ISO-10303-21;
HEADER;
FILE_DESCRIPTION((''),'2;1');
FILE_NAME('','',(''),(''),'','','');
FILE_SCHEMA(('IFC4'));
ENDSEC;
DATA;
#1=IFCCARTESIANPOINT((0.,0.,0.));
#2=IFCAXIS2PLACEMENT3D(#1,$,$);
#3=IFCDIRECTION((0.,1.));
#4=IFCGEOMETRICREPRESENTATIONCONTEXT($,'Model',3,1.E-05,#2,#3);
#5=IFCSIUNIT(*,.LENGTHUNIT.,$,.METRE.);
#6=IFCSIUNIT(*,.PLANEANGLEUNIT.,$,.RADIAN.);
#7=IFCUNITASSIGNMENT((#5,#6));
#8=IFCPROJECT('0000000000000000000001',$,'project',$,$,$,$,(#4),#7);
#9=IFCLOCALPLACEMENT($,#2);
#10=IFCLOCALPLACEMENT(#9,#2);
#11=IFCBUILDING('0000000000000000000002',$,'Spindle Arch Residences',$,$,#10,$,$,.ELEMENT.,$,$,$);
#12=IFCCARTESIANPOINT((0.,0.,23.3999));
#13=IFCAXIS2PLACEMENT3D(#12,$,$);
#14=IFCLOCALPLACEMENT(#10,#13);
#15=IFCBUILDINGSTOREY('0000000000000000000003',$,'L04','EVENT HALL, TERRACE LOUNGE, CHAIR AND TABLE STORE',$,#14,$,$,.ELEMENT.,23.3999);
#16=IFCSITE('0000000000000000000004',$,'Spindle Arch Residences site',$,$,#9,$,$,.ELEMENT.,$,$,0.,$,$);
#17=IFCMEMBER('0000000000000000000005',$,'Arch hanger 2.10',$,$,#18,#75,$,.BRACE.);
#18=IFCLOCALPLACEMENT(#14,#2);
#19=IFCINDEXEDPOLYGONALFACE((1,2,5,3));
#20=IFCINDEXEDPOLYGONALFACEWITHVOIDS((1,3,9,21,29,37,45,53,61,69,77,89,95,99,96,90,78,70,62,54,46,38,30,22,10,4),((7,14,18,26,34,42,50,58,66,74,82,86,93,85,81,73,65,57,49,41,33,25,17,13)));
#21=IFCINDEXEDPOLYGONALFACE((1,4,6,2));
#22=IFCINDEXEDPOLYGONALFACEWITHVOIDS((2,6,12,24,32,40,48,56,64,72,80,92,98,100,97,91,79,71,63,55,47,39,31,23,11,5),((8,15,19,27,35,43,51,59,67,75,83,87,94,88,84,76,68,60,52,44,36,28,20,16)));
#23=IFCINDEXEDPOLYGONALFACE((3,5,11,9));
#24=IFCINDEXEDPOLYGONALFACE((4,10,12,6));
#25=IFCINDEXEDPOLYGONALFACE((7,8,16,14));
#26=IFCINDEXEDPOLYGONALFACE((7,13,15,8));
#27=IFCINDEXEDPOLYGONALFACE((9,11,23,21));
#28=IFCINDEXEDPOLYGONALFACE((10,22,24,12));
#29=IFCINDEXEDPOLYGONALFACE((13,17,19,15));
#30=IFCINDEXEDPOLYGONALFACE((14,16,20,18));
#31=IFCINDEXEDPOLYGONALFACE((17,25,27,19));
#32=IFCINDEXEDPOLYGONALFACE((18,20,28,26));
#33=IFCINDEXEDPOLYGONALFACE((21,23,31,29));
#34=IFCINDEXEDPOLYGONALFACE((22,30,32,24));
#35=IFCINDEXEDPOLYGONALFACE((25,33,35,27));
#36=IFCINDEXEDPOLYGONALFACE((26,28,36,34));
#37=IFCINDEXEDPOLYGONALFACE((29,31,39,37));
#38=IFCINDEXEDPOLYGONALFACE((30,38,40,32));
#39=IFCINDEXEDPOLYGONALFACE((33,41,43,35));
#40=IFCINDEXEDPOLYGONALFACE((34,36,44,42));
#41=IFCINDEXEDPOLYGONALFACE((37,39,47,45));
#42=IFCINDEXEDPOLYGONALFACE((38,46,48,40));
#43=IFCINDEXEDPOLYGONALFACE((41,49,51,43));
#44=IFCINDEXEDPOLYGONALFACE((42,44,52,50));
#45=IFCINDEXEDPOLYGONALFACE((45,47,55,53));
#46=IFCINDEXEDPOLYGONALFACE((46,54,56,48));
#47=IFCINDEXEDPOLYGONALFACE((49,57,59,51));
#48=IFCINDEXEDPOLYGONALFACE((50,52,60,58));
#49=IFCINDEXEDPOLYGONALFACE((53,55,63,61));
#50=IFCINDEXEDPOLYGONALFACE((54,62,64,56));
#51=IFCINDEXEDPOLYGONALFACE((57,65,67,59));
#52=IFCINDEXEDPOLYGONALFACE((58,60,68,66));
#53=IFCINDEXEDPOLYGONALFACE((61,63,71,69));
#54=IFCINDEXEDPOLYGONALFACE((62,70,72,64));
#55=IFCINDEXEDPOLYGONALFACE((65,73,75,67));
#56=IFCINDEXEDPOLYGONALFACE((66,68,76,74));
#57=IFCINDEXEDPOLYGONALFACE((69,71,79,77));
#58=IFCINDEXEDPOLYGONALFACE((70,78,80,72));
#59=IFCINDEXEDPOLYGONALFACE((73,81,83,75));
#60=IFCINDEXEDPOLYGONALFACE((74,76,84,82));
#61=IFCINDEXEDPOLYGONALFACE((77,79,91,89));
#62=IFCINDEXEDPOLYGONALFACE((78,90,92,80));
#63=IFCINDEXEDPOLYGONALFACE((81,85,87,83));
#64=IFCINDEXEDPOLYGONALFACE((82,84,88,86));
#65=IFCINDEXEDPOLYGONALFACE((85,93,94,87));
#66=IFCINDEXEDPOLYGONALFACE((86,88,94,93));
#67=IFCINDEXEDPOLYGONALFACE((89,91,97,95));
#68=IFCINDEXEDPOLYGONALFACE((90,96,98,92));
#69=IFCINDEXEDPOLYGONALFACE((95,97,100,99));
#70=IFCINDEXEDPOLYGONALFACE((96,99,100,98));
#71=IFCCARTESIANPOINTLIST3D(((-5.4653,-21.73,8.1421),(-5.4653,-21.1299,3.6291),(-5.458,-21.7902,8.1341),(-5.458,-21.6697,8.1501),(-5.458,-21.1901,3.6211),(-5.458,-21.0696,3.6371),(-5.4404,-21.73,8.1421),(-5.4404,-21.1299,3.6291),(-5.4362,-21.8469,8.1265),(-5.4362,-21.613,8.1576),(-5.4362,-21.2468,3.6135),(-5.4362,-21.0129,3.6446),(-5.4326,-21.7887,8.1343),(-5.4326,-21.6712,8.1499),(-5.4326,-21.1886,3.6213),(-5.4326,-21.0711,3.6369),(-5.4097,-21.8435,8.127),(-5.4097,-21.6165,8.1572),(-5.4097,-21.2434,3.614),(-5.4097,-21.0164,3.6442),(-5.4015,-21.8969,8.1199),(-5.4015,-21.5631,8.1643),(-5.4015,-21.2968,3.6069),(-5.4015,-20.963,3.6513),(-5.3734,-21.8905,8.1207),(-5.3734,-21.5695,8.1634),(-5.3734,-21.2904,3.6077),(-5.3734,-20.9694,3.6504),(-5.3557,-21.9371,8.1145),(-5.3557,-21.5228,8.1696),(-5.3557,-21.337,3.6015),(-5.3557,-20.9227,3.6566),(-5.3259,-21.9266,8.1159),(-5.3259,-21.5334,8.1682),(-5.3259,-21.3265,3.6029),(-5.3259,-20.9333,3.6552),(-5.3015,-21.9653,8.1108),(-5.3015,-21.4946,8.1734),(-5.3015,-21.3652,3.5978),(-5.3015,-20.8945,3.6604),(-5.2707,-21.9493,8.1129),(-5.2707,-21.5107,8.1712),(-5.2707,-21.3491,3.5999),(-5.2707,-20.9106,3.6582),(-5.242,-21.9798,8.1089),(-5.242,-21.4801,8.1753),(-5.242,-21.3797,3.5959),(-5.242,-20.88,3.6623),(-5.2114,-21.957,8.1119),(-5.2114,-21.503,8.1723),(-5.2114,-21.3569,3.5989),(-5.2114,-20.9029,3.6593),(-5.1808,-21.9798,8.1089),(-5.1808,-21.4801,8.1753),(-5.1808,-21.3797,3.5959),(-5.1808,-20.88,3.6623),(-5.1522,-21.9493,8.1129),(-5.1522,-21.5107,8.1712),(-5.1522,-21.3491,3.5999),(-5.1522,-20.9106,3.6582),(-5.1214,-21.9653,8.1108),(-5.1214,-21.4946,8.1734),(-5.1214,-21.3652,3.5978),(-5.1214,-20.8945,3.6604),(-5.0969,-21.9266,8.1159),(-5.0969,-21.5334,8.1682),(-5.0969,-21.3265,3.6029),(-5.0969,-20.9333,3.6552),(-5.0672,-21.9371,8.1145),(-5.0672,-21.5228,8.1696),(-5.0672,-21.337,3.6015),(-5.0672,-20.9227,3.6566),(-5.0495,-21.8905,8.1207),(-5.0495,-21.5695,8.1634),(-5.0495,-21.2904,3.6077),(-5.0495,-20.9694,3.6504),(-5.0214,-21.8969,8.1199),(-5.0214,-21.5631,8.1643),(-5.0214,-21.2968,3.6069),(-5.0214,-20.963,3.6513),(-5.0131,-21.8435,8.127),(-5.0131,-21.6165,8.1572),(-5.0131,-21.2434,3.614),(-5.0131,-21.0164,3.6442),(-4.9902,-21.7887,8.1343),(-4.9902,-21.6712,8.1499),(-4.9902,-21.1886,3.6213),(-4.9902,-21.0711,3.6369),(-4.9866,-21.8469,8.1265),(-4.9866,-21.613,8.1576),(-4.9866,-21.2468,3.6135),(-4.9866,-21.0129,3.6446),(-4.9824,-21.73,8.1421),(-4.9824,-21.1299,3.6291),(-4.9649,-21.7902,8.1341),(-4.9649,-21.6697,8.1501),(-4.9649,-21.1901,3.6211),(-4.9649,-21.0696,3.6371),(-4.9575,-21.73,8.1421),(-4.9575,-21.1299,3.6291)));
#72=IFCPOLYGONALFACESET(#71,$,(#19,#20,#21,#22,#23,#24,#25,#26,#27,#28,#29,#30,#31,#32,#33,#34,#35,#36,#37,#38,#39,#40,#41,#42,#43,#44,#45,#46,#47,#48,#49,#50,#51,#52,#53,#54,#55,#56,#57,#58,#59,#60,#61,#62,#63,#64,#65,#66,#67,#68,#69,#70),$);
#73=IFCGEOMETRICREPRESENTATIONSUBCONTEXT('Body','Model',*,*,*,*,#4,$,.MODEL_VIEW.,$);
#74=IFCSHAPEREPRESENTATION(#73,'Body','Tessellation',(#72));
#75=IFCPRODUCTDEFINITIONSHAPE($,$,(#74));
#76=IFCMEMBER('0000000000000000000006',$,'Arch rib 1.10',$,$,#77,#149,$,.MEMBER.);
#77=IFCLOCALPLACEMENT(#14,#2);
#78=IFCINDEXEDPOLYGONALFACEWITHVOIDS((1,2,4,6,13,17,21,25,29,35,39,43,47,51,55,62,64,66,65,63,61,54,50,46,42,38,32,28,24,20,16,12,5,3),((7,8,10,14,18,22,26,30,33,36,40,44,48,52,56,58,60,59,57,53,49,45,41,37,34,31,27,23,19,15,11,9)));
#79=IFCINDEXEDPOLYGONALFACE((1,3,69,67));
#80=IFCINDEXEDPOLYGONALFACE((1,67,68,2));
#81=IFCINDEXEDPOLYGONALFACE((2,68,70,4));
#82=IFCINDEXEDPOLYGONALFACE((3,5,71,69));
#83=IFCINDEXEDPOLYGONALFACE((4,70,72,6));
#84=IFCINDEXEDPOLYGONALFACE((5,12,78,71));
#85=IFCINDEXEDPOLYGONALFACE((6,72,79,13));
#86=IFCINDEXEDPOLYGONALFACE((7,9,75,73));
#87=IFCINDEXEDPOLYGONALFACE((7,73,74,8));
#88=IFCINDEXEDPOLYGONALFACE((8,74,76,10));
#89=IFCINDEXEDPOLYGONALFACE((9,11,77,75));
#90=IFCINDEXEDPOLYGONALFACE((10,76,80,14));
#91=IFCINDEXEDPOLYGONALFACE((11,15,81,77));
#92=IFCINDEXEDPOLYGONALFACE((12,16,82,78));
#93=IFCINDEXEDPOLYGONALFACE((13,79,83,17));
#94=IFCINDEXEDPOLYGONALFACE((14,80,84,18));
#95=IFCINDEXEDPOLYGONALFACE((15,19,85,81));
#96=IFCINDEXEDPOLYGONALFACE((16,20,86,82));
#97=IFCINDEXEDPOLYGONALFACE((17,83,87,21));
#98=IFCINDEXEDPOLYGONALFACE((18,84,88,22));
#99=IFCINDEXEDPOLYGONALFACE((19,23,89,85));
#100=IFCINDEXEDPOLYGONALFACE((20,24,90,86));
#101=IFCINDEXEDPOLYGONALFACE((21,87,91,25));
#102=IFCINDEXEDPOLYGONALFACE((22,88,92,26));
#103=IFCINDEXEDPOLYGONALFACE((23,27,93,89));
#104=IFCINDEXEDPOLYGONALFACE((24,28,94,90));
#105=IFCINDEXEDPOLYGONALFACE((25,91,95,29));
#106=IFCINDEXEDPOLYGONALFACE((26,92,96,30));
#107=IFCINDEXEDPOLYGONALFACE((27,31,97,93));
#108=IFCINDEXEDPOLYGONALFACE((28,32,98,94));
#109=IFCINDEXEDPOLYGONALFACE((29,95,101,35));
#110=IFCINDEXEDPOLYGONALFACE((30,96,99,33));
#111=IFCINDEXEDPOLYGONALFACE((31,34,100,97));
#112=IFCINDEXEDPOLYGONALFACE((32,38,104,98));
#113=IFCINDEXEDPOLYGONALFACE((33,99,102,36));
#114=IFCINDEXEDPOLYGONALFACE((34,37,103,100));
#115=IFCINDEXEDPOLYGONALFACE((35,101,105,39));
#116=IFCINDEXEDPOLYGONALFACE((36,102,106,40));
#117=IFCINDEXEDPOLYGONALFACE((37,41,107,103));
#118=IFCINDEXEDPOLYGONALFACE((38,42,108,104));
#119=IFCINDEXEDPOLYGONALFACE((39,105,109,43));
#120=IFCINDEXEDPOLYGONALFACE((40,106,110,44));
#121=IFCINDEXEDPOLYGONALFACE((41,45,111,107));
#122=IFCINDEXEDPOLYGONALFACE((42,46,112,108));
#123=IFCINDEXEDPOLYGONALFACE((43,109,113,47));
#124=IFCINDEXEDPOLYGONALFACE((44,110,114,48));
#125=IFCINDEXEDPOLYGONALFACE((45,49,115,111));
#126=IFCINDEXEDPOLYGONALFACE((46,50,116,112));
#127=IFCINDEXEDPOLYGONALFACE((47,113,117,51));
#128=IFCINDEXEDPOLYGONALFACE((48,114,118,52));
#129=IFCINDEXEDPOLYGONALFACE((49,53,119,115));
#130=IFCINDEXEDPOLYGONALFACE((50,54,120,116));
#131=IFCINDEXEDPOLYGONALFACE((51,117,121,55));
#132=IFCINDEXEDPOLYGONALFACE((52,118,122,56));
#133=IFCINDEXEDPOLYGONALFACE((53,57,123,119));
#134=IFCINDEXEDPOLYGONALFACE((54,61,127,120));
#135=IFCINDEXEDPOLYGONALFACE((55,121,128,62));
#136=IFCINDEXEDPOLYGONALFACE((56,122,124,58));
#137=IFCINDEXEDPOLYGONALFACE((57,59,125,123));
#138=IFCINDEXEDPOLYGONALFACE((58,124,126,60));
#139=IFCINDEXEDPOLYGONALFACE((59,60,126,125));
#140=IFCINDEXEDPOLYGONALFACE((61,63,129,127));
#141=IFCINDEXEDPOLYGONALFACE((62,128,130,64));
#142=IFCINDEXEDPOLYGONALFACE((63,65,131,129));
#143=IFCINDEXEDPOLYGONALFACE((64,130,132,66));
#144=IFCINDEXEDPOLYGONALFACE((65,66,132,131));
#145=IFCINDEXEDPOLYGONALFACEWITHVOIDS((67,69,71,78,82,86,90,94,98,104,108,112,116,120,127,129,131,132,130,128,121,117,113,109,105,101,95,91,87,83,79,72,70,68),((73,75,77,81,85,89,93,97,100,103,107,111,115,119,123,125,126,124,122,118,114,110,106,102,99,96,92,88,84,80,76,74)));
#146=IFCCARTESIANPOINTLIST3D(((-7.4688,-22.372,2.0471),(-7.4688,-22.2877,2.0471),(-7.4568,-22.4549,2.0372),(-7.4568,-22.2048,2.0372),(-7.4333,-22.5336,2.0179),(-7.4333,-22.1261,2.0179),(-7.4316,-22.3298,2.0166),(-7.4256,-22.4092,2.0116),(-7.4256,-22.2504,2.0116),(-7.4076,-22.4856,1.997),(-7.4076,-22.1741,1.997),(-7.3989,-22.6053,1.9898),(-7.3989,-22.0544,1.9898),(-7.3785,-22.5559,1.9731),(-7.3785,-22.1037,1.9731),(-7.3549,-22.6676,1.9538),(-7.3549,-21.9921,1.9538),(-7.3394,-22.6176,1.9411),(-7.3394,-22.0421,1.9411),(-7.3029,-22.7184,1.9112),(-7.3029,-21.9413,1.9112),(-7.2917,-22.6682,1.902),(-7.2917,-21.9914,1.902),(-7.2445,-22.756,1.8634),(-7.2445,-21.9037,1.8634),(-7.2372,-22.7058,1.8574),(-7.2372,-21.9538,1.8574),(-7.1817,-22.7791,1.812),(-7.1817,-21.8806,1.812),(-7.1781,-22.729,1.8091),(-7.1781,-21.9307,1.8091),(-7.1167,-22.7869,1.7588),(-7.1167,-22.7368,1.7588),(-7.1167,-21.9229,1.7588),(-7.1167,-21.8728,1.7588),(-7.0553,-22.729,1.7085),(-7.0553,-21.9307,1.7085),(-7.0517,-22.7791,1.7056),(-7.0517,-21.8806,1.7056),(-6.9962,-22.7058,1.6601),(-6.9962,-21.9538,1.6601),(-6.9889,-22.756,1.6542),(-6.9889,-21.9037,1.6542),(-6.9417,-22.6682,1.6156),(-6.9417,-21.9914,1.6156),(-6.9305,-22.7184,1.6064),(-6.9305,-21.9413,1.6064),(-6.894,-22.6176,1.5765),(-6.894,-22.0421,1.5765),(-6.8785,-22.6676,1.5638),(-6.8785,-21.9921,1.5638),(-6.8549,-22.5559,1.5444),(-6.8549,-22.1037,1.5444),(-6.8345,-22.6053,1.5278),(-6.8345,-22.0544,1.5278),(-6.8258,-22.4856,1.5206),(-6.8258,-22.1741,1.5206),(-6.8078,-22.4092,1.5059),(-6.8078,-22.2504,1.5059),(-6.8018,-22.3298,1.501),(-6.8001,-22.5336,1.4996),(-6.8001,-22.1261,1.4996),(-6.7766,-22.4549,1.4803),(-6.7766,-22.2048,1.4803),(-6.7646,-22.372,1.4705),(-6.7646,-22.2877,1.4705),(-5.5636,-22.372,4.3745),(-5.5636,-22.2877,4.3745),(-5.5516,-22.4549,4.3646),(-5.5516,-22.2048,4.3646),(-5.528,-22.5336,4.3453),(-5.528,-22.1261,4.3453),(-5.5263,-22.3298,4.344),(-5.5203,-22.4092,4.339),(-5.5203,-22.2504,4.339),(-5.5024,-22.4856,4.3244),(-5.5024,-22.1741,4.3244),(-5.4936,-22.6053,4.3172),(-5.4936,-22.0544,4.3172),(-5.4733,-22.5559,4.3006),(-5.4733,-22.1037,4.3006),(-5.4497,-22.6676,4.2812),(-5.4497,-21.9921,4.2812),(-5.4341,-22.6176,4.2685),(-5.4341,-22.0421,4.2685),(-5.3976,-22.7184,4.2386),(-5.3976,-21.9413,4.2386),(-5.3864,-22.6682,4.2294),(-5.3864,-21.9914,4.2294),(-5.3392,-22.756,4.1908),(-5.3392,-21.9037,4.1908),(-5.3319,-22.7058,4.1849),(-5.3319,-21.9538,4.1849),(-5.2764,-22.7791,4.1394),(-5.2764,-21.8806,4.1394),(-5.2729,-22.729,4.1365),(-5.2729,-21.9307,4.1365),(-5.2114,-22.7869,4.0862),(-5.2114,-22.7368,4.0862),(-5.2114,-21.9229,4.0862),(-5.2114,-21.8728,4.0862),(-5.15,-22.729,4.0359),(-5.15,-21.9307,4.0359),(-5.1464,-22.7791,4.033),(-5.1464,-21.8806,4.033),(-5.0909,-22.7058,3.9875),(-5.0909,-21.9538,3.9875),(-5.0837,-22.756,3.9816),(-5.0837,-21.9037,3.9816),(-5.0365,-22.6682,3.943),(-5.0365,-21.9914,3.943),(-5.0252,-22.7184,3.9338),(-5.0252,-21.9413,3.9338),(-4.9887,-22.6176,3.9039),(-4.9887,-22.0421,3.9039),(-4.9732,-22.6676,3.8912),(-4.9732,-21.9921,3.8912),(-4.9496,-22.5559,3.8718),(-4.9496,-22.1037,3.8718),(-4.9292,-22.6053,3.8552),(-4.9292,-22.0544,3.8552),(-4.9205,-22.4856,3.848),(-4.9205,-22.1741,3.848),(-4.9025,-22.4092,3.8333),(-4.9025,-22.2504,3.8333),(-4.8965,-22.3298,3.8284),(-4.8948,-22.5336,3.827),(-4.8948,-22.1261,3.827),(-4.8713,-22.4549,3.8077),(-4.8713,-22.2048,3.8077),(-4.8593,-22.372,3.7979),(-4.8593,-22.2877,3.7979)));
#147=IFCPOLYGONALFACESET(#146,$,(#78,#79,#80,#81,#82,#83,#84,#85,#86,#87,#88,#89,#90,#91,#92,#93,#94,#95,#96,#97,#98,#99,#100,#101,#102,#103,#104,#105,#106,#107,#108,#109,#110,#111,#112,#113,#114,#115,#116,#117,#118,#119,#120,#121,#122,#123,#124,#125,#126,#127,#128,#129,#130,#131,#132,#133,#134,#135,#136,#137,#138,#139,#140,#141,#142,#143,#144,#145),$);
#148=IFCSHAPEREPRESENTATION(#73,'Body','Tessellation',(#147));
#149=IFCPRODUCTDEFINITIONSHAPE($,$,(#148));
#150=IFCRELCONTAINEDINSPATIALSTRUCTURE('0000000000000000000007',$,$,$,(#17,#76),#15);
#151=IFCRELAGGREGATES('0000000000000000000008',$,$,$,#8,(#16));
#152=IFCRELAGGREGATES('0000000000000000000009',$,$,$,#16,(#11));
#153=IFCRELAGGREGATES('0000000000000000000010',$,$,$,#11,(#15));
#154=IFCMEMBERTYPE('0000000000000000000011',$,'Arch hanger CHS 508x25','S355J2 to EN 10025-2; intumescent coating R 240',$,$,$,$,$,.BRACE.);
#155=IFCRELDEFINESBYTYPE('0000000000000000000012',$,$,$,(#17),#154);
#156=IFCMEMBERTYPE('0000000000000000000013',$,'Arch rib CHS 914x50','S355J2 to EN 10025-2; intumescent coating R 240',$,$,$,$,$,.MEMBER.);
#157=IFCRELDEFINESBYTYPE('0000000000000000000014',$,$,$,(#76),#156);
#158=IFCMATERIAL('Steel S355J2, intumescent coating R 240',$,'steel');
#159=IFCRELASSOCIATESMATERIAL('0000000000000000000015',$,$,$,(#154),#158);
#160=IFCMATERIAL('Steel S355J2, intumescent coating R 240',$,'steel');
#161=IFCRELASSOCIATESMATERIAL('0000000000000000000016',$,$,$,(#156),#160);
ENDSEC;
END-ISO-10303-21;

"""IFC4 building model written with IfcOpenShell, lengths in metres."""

from ifc_helpers import new_model, si_unit, direction, frame, origin, origin_2d, place, context, subcontext, project, spatial, hollow_circle, extrude, material, material_profile, profile_set, type_object, element, save


model = new_model("IFC4")

# Units and contexts
model_context = context("Model", 3, precision=1e-05, world=origin(), true_north=direction((0.0, 1.0)))
body_context = subcontext(model_context, "Body", "Model", "MODEL_VIEW")
ifc_project = project(units=[si_unit("LENGTHUNIT", "METRE"), si_unit("PLANEANGLEUNIT", "RADIAN")], contexts=[model_context])

# Site, building, storey
site_placement = place(None, origin())
site = spatial("IfcSite", under=ifc_project, at=site_placement, Name="Spindle Arch Residences site", CompositionType="ELEMENT", RefElevation=0.0)
building_placement = place(site_placement, origin())
building = spatial("IfcBuilding", under=site, at=building_placement, Name="Spindle Arch Residences", CompositionType="ELEMENT")
storey_placement = place(building_placement, frame((0.0, 0.0, 23.3999)))
storey = spatial("IfcBuildingStorey", under=building, at=storey_placement, Name="L04", Description="EVENT HALL, TERRACE LOUNGE, CHAIR AND TABLE STORE", CompositionType="ELEMENT", Elevation=23.3999)

# Members
ifc_material_1 = material(Name="Steel S355J2, intumescent coating R 240", Category="steel")
ifc_material_profile_1 = material_profile(ifc_material_1, hollow_circle(Radius=0.2539, WallThickness=0.0249, at=origin_2d()), Name="CHS 508x25")
ifc_profile_set_1 = profile_set([ifc_material_profile_1], Name="Steel S355J2, intumescent coating R 240")
member_type_1 = type_object("IfcMemberType", Name="Arch hanger CHS 508x25", Description="S355J2 to EN 10025-2; intumescent coating R 240", PredefinedType="BRACE", material=ifc_profile_set_1)
member_1_placement = place(storey_placement, frame((-5.2114, -21.73, 8.1421), z_axis=(0.0, 0.131812, -0.991275), x_axis=(-1.0, 0.0, 0.0)))
element("IfcMember", 1, at=member_1_placement, inside=storey, type_object=member_type_1, Name="Arch hanger 2.10", PredefinedType="BRACE", context=body_context, shape_type="SweptSolid", body=[
    extrude(hollow_circle(Radius=0.2539, WallThickness=0.0249, at=origin_2d()), origin(), (0.0, 0.0, 1.0), 4.5527),
])
ifc_material_2 = material(Name="Steel S355J2, intumescent coating R 240", Category="steel")
ifc_material_profile_2 = material_profile(ifc_material_2, hollow_circle(Radius=0.457, WallThickness=0.05, at=origin_2d()), Name="CHS 914x50")
ifc_profile_set_2 = profile_set([ifc_material_profile_2], Name="Steel S355J2, intumescent coating R 240")
member_type_2 = type_object("IfcMemberType", Name="Arch rib CHS 914x50", Description="S355J2 to EN 10025-2; intumescent coating R 240", PredefinedType="MEMBER", material=ifc_profile_set_2)
member_2_placement = place(storey_placement, frame((-7.1167, -22.3298, 1.7588), z_axis=(0.633446, 0.0, 0.773787), x_axis=(0.0, 1.0, 0.0)))
element("IfcMember", 2, at=member_2_placement, inside=storey, type_object=member_type_2, Name="Arch rib 1.10", PredefinedType="MEMBER", context=body_context, shape_type="SweptSolid", body=[
    extrude(hollow_circle(Radius=0.457, WallThickness=0.05, at=origin_2d()), origin(), (0.0, 0.0, 1.0), 3.0078),
])

save(model, "model.ifc")
